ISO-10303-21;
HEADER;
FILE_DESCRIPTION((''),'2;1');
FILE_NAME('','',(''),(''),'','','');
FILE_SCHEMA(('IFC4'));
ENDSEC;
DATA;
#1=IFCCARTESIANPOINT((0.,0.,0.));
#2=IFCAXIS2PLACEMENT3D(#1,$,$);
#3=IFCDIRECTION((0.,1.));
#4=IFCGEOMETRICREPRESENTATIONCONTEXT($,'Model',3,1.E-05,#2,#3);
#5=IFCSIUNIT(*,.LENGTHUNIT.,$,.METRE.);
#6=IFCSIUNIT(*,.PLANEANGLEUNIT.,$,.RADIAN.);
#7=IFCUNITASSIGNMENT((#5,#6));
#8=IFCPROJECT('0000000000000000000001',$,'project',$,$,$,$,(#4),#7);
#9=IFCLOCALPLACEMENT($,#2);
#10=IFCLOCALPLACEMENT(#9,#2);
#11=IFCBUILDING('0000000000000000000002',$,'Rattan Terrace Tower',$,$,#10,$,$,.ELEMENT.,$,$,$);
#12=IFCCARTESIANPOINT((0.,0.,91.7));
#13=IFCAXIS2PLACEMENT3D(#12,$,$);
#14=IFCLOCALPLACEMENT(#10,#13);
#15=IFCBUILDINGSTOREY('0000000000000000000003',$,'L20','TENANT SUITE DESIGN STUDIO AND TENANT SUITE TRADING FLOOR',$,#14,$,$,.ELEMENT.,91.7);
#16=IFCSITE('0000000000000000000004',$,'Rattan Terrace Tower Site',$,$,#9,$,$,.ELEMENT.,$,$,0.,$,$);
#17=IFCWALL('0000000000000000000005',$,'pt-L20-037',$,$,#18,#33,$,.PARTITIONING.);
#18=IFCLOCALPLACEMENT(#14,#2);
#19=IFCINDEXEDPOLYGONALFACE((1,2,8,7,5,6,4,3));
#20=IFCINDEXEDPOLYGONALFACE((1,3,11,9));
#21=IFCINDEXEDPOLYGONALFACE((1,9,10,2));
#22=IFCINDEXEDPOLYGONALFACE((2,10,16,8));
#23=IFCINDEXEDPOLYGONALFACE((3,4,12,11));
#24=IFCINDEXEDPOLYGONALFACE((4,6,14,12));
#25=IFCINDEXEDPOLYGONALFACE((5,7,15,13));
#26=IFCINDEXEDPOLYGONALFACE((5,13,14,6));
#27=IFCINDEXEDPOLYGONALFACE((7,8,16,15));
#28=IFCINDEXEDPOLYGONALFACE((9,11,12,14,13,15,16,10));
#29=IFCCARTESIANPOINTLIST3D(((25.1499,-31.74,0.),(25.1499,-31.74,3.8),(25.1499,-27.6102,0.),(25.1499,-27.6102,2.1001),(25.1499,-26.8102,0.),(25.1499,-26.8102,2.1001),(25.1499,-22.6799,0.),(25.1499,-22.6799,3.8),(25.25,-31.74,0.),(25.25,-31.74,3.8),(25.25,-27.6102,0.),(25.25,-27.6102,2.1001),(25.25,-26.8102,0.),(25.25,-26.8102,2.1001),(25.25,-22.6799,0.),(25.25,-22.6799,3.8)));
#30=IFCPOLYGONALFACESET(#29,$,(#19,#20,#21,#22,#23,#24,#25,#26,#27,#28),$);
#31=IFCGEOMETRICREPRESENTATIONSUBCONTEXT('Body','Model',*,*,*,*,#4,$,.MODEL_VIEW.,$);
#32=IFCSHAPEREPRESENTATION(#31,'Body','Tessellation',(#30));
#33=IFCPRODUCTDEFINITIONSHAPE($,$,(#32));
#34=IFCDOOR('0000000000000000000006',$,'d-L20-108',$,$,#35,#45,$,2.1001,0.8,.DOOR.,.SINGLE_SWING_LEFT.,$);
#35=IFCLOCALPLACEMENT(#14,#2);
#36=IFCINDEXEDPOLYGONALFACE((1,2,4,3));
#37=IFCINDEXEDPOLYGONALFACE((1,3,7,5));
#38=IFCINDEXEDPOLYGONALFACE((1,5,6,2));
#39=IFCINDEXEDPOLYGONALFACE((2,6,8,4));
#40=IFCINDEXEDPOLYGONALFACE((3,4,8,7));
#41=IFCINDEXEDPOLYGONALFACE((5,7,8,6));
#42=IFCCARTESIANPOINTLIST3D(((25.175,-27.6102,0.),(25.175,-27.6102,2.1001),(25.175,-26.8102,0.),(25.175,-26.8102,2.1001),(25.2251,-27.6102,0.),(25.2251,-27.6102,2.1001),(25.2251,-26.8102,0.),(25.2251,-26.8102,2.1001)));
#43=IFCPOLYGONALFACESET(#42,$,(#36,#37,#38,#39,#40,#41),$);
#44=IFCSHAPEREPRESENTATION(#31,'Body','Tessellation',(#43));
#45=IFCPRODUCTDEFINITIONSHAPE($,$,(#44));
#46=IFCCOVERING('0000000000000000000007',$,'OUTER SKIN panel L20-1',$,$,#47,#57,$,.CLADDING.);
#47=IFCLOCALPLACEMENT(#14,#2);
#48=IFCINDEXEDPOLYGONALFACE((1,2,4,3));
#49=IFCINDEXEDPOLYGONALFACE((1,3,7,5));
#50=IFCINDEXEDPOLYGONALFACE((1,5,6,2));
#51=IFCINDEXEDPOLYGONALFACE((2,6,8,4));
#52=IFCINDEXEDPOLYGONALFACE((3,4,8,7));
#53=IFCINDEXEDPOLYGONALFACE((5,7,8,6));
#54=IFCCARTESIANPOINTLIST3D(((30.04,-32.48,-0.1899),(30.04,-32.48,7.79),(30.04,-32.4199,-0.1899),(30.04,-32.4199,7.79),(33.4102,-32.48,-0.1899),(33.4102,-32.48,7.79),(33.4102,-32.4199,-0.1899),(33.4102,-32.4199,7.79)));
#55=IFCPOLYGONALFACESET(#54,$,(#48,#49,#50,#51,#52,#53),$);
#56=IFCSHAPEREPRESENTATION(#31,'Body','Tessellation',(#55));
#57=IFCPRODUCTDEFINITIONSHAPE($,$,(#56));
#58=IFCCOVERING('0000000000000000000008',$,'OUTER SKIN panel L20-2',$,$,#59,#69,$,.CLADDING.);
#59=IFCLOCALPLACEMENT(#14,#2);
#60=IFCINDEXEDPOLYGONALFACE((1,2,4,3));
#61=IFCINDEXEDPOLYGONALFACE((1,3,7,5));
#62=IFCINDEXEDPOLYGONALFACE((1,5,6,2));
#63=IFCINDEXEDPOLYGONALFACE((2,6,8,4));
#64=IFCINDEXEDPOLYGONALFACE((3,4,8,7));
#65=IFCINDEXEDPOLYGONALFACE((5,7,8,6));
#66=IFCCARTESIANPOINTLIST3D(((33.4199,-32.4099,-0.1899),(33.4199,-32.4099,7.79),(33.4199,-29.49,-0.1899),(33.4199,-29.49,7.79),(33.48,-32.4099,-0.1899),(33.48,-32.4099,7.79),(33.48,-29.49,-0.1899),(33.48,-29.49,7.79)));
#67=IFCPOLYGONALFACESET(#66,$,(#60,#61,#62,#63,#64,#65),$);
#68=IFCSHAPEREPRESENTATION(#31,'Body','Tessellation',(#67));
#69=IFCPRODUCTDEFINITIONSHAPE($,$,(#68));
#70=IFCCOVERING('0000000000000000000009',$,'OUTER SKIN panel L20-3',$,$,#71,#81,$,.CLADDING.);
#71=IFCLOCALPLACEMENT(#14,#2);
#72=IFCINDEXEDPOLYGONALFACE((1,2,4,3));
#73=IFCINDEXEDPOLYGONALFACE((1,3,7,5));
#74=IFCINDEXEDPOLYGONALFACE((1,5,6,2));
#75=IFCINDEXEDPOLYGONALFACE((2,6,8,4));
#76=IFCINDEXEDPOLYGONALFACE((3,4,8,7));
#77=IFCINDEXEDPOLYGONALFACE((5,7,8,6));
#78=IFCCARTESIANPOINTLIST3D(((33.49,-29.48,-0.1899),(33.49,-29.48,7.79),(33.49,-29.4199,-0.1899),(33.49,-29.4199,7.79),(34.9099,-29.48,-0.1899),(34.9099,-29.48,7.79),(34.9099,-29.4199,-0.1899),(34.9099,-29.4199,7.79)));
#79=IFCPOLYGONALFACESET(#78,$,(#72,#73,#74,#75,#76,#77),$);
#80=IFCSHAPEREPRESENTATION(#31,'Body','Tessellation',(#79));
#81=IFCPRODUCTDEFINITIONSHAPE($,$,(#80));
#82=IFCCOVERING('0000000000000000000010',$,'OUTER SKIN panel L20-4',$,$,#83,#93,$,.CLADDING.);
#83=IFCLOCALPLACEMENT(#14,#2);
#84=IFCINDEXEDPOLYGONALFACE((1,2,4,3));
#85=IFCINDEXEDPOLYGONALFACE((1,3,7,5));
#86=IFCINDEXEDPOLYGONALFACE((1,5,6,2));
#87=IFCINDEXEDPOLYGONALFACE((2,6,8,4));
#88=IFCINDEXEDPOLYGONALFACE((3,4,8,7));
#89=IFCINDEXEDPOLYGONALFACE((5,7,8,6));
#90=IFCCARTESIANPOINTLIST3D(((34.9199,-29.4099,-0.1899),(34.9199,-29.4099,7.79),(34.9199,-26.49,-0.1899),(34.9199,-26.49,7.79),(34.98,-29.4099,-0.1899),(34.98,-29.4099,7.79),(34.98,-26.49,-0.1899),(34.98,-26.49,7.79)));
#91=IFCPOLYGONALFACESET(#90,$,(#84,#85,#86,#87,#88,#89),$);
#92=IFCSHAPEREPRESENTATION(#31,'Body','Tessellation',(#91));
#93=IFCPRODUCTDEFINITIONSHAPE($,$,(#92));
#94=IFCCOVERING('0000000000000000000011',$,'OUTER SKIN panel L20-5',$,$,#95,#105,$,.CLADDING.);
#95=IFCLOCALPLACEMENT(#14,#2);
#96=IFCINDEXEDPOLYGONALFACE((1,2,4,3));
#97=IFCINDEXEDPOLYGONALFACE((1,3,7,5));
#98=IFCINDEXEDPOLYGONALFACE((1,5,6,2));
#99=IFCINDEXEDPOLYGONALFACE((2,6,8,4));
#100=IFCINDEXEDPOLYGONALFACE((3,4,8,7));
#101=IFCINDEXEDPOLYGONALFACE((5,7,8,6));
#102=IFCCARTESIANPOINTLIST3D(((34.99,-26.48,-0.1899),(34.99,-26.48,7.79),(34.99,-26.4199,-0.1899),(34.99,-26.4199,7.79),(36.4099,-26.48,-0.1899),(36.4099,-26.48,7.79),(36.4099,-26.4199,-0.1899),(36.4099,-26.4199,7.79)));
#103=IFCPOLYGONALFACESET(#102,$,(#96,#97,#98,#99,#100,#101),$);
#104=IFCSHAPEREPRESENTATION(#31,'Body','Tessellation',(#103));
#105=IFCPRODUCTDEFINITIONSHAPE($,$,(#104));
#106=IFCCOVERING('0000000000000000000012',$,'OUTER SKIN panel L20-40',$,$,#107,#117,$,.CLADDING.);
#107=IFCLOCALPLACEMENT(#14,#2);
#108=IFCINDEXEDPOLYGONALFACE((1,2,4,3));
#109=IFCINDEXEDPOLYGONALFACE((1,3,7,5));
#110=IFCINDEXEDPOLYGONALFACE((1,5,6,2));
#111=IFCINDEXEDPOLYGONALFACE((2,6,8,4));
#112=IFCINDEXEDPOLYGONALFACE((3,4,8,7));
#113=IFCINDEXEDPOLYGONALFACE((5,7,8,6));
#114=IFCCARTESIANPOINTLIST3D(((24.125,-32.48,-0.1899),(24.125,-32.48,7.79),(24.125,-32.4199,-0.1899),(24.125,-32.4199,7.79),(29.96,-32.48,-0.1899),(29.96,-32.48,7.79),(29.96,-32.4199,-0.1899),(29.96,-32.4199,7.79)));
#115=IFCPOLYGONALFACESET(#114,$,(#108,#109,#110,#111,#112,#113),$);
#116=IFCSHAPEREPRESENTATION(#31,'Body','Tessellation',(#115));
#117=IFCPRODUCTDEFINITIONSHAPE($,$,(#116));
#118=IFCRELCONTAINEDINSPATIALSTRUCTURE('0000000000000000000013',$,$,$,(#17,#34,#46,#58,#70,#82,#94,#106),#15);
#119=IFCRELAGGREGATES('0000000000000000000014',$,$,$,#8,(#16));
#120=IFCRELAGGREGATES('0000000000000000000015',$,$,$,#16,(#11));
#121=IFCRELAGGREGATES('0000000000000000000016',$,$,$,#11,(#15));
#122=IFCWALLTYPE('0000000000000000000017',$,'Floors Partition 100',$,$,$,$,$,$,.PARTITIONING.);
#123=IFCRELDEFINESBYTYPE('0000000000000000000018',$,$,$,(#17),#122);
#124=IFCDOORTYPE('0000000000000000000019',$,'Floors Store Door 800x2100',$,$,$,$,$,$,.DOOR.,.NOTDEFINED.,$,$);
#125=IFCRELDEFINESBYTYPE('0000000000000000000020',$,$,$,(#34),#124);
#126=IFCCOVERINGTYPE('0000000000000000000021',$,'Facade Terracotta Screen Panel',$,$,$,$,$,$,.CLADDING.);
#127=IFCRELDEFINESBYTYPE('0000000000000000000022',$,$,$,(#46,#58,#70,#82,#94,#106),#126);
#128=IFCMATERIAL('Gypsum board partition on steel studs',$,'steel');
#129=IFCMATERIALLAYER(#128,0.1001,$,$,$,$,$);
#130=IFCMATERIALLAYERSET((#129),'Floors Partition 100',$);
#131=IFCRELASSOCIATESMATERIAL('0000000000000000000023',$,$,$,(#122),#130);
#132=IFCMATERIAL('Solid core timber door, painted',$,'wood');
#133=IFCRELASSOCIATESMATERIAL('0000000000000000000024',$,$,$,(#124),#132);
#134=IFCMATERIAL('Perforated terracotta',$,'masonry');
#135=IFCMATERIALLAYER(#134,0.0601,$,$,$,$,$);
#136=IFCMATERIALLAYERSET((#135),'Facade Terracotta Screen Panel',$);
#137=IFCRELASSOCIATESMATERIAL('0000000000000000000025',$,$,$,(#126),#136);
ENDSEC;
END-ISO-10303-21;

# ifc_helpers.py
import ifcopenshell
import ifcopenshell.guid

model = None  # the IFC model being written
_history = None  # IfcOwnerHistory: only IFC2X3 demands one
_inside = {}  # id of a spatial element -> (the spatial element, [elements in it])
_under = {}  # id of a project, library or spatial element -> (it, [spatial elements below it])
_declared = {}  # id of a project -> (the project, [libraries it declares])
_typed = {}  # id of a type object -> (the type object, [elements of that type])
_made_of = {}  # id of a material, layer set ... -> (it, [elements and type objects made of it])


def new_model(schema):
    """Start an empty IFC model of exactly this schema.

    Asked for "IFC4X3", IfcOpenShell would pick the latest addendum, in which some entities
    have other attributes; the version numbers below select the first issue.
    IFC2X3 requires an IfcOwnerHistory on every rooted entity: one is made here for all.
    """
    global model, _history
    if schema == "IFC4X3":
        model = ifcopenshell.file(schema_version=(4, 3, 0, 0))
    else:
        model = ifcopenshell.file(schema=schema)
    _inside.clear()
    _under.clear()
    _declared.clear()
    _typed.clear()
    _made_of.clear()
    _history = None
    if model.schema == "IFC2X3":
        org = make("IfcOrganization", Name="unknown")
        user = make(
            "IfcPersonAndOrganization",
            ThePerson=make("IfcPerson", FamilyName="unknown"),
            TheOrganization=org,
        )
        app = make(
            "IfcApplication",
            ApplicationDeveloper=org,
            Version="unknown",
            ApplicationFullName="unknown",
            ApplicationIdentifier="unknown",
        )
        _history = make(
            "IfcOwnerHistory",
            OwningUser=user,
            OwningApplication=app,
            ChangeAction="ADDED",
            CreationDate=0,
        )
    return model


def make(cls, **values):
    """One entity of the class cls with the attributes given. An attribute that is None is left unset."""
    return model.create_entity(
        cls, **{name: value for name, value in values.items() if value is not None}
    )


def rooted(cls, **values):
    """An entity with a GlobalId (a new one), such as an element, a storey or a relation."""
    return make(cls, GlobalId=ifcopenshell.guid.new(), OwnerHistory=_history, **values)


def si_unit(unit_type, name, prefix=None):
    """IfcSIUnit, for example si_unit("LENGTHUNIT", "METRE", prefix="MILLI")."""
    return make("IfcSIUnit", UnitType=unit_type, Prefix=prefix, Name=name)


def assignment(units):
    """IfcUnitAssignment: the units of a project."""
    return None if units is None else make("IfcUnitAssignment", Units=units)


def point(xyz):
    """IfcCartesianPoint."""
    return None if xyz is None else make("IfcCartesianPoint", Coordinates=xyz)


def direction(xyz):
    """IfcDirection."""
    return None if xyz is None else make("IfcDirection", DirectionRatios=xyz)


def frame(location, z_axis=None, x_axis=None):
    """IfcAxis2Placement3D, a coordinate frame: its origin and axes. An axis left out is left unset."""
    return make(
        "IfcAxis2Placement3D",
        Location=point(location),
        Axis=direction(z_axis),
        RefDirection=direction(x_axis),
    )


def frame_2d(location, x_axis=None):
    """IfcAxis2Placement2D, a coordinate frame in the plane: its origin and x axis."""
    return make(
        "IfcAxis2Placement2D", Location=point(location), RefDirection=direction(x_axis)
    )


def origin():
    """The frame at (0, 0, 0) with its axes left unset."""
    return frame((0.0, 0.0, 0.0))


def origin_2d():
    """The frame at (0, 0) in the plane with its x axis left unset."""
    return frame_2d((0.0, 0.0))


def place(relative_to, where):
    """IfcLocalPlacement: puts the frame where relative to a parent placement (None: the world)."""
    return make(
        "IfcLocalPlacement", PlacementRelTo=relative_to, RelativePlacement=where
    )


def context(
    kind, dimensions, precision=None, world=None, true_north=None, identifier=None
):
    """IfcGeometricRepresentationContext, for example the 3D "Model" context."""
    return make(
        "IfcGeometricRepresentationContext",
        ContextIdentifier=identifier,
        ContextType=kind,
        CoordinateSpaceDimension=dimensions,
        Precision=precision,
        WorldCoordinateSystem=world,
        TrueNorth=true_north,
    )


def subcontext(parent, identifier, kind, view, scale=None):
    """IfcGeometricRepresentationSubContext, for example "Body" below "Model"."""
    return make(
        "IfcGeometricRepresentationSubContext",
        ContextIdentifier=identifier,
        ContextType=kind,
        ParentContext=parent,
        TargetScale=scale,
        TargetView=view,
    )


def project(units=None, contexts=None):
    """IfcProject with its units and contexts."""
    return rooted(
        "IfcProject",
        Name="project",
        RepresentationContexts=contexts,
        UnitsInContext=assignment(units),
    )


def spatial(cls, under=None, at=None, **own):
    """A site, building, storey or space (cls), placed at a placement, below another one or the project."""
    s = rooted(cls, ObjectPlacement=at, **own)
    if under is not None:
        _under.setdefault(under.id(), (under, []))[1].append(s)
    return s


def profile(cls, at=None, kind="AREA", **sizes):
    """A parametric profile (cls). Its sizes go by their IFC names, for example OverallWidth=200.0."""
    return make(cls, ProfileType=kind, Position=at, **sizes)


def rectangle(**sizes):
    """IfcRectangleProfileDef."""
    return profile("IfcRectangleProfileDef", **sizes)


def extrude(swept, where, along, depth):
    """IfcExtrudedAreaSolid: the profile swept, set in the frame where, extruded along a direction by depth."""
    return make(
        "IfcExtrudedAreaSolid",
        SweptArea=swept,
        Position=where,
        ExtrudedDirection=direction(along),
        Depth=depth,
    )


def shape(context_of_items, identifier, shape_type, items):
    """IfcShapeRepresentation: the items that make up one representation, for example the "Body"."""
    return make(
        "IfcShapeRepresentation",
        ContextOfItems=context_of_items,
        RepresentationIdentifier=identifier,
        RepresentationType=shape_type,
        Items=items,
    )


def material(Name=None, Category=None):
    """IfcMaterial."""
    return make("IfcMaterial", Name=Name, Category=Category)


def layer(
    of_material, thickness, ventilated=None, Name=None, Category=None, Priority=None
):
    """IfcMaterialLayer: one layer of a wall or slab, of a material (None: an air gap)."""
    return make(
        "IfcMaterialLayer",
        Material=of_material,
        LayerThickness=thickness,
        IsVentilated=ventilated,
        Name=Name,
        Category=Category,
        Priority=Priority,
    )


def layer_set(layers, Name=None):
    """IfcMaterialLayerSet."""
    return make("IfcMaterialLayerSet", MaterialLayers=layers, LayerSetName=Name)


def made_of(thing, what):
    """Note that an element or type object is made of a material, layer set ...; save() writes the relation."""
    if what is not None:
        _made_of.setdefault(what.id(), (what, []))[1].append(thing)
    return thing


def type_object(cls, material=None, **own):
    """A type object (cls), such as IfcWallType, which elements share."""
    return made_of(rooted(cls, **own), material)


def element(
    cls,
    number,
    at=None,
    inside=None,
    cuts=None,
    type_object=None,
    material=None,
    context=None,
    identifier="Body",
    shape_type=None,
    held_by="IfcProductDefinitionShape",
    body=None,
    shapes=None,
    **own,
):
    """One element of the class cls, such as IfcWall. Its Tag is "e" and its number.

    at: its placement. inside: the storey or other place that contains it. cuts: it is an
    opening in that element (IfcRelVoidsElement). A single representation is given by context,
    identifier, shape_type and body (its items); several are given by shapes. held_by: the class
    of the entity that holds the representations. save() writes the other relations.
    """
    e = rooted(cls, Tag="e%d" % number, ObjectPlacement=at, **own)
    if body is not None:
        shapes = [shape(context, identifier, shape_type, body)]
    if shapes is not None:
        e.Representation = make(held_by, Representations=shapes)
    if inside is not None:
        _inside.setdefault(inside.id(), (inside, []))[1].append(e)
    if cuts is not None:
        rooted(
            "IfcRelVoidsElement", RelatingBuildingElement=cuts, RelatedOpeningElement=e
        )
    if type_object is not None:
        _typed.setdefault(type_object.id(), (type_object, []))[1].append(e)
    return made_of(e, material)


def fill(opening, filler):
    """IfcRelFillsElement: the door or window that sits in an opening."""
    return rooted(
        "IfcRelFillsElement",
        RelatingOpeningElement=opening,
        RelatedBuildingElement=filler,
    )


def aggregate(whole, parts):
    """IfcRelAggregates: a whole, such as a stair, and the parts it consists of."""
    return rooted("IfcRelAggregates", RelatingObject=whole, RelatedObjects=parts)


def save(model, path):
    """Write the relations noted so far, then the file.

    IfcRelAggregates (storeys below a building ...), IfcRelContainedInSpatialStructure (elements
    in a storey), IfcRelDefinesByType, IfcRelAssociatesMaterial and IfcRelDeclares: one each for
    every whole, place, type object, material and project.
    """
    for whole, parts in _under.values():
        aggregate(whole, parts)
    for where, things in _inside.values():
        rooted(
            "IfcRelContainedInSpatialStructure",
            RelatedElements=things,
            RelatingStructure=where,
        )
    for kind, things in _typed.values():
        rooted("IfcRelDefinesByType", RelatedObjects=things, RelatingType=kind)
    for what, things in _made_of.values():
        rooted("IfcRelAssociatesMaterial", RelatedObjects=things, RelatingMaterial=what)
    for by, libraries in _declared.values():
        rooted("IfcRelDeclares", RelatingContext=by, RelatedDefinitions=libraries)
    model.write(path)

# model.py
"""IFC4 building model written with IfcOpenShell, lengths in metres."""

from ifc_helpers import new_model, si_unit, direction, frame, frame_2d, origin, origin_2d, place, context, subcontext, project, spatial, rectangle, extrude, material, layer, layer_set, type_object, element, fill, save


model = new_model("IFC4")

# Units and contexts
model_context = context("Model", 3, precision=1e-05, world=origin(), true_north=direction((0.0, 1.0)))
body_context = subcontext(model_context, "Body", "Model", "MODEL_VIEW")
ifc_project = project(units=[si_unit("LENGTHUNIT", "METRE"), si_unit("PLANEANGLEUNIT", "RADIAN")], contexts=[model_context])

# Site, building, storey
site_placement = place(None, origin())
site = spatial("IfcSite", under=ifc_project, at=site_placement, Name="Rattan Terrace Tower Site", CompositionType="ELEMENT", RefElevation=0.0)
building_placement = place(site_placement, origin())
building = spatial("IfcBuilding", under=site, at=building_placement, Name="Rattan Terrace Tower", CompositionType="ELEMENT")
storey_placement = place(building_placement, frame((0.0, 0.0, 91.7)))
storey = spatial("IfcBuildingStorey", under=building, at=storey_placement, Name="L20", Description="TENANT SUITE DESIGN STUDIO AND TENANT SUITE TRADING FLOOR", CompositionType="ELEMENT", Elevation=91.7)

# Wall, opening, door
ifc_material_1 = material(Name="Gypsum board partition on steel studs", Category="steel")
ifc_layer_1 = layer(ifc_material_1, 0.1001)
ifc_layer_set_1 = layer_set([ifc_layer_1], Name="Floors Partition 100")
wall_type_1 = type_object("IfcWallType", Name="Floors Partition 100", PredefinedType="PARTITIONING", material=ifc_layer_set_1)
wall_1_placement = place(storey_placement, frame((25.2, -31.74, 0.0), z_axis=(0.0, 0.0, 1.0), x_axis=(0.0, 1.0, 0.0)))
wall_1 = element("IfcWall", 1, at=wall_1_placement, inside=storey, type_object=wall_type_1, Name="pt-L20-037", PredefinedType="PARTITIONING", context=body_context, shape_type="SweptSolid", body=[
    extrude(rectangle(XDim=9.0601, YDim=0.1001, at=frame_2d((4.53, 0.0))), origin(), (0.0, 0.0, 1.0), 3.8),
])
opening_placement = place(wall_1_placement, frame((4.1299, 0.0, 0.0)))
opening = element("IfcOpeningElement", 2, at=opening_placement, cuts=wall_1, PredefinedType="OPENING", context=body_context, shape_type="SweptSolid", body=[
    extrude(rectangle(XDim=0.8, YDim=2.1001, at=frame_2d((0.3999, 1.05))), frame((0.0, 0.0605, 0.0), z_axis=(0.0, -1.0, 0.0), x_axis=(1.0, 0.0, 0.0)), (0.0, 0.0, 1.0), 0.1211),
])
ifc_material_2 = material(Name="Solid core timber door, painted", Category="wood")
door_type = type_object("IfcDoorType", Name="Floors Store Door 800x2100", OperationType="NOTDEFINED", PredefinedType="DOOR", material=ifc_material_2)
door_placement = place(opening_placement, origin())
door = element("IfcDoor", 3, at=door_placement, inside=storey, type_object=door_type, Name="d-L20-108", OperationType="SINGLE_SWING_LEFT", OverallHeight=2.1001, OverallWidth=0.8, PredefinedType="DOOR", context=body_context, shape_type="SweptSolid", body=[
    extrude(rectangle(XDim=0.8, YDim=2.1001, at=frame_2d((0.3999, 1.05))), frame((0.0, 0.0249, 0.0), z_axis=(0.0, -1.0, 0.0), x_axis=(1.0, 0.0, 0.0)), (0.0, 0.0, 1.0), 0.05),
])
fill(opening, door)

# Coverings
ifc_material_3 = material(Name="Perforated terracotta", Category="masonry")
ifc_layer_2 = layer(ifc_material_3, 0.0601)
ifc_layer_set_2 = layer_set([ifc_layer_2], Name="Facade Terracotta Screen Panel")
covering_type = type_object("IfcCoveringType", Name="Facade Terracotta Screen Panel", PredefinedType="CLADDING", material=ifc_layer_set_2)
covering_1_placement = place(storey_placement, frame((31.7251, -32.45, -0.1899), z_axis=(0.0, 0.0, 1.0), x_axis=(1.0, 0.0, 0.0)))
element("IfcCovering", 4, at=covering_1_placement, inside=storey, type_object=covering_type, Name="OUTER SKIN panel L20-1", PredefinedType="CLADDING", context=body_context, shape_type="SweptSolid", body=[
    extrude(rectangle(XDim=3.3701, YDim=0.0601, at=origin_2d()), origin(), (0.0, 0.0, 1.0), 7.98),
])
covering_2_placement = place(storey_placement, frame((33.45, -30.95, -0.1899), z_axis=(0.0, 0.0, 1.0), x_axis=(0.0, 1.0, 0.0)))
element("IfcCovering", 5, at=covering_2_placement, inside=storey, type_object=covering_type, Name="OUTER SKIN panel L20-2", PredefinedType="CLADDING", context=body_context, shape_type="SweptSolid", body=[
    extrude(rectangle(XDim=2.9199, YDim=0.0601, at=origin_2d()), origin(), (0.0, 0.0, 1.0), 7.98),
])
covering_3_placement = place(storey_placement, frame((34.2, -29.45, -0.1899), z_axis=(0.0, 0.0, 1.0), x_axis=(1.0, 0.0, 0.0)))
element("IfcCovering", 6, at=covering_3_placement, inside=storey, type_object=covering_type, Name="OUTER SKIN panel L20-3", PredefinedType="CLADDING", context=body_context, shape_type="SweptSolid", body=[
    extrude(rectangle(XDim=1.4199, YDim=0.0601, at=origin_2d()), origin(), (0.0, 0.0, 1.0), 7.98),
])
covering_4_placement = place(storey_placement, frame((34.95, -27.95, -0.1899), z_axis=(0.0, 0.0, 1.0), x_axis=(0.0, 1.0, 0.0)))
element("IfcCovering", 7, at=covering_4_placement, inside=storey, type_object=covering_type, Name="OUTER SKIN panel L20-4", PredefinedType="CLADDING", context=body_context, shape_type="SweptSolid", body=[
    extrude(rectangle(XDim=2.9199, YDim=0.0601, at=origin_2d()), origin(), (0.0, 0.0, 1.0), 7.98),
])
covering_5_placement = place(storey_placement, frame((35.7, -26.45, -0.1899), z_axis=(0.0, 0.0, 1.0), x_axis=(1.0, 0.0, 0.0)))
element("IfcCovering", 8, at=covering_5_placement, inside=storey, type_object=covering_type, Name="OUTER SKIN panel L20-5", PredefinedType="CLADDING", context=body_context, shape_type="SweptSolid", body=[
    extrude(rectangle(XDim=1.4199, YDim=0.0601, at=origin_2d()), origin(), (0.0, 0.0, 1.0), 7.98),
])
covering_6_placement = place(storey_placement, frame((27.0425, -32.45, -0.1899), z_axis=(0.0, 0.0, 1.0), x_axis=(1.0, 0.0, 0.0)))
element("IfcCovering", 9, at=covering_6_placement, inside=storey, type_object=covering_type, Name="OUTER SKIN panel L20-40", PredefinedType="CLADDING", context=body_context, shape_type="SweptSolid", body=[
    extrude(rectangle(XDim=5.835, YDim=0.0601, at=origin_2d()), origin(), (0.0, 0.0, 1.0), 7.98),
])

save(model, "model.ifc")
